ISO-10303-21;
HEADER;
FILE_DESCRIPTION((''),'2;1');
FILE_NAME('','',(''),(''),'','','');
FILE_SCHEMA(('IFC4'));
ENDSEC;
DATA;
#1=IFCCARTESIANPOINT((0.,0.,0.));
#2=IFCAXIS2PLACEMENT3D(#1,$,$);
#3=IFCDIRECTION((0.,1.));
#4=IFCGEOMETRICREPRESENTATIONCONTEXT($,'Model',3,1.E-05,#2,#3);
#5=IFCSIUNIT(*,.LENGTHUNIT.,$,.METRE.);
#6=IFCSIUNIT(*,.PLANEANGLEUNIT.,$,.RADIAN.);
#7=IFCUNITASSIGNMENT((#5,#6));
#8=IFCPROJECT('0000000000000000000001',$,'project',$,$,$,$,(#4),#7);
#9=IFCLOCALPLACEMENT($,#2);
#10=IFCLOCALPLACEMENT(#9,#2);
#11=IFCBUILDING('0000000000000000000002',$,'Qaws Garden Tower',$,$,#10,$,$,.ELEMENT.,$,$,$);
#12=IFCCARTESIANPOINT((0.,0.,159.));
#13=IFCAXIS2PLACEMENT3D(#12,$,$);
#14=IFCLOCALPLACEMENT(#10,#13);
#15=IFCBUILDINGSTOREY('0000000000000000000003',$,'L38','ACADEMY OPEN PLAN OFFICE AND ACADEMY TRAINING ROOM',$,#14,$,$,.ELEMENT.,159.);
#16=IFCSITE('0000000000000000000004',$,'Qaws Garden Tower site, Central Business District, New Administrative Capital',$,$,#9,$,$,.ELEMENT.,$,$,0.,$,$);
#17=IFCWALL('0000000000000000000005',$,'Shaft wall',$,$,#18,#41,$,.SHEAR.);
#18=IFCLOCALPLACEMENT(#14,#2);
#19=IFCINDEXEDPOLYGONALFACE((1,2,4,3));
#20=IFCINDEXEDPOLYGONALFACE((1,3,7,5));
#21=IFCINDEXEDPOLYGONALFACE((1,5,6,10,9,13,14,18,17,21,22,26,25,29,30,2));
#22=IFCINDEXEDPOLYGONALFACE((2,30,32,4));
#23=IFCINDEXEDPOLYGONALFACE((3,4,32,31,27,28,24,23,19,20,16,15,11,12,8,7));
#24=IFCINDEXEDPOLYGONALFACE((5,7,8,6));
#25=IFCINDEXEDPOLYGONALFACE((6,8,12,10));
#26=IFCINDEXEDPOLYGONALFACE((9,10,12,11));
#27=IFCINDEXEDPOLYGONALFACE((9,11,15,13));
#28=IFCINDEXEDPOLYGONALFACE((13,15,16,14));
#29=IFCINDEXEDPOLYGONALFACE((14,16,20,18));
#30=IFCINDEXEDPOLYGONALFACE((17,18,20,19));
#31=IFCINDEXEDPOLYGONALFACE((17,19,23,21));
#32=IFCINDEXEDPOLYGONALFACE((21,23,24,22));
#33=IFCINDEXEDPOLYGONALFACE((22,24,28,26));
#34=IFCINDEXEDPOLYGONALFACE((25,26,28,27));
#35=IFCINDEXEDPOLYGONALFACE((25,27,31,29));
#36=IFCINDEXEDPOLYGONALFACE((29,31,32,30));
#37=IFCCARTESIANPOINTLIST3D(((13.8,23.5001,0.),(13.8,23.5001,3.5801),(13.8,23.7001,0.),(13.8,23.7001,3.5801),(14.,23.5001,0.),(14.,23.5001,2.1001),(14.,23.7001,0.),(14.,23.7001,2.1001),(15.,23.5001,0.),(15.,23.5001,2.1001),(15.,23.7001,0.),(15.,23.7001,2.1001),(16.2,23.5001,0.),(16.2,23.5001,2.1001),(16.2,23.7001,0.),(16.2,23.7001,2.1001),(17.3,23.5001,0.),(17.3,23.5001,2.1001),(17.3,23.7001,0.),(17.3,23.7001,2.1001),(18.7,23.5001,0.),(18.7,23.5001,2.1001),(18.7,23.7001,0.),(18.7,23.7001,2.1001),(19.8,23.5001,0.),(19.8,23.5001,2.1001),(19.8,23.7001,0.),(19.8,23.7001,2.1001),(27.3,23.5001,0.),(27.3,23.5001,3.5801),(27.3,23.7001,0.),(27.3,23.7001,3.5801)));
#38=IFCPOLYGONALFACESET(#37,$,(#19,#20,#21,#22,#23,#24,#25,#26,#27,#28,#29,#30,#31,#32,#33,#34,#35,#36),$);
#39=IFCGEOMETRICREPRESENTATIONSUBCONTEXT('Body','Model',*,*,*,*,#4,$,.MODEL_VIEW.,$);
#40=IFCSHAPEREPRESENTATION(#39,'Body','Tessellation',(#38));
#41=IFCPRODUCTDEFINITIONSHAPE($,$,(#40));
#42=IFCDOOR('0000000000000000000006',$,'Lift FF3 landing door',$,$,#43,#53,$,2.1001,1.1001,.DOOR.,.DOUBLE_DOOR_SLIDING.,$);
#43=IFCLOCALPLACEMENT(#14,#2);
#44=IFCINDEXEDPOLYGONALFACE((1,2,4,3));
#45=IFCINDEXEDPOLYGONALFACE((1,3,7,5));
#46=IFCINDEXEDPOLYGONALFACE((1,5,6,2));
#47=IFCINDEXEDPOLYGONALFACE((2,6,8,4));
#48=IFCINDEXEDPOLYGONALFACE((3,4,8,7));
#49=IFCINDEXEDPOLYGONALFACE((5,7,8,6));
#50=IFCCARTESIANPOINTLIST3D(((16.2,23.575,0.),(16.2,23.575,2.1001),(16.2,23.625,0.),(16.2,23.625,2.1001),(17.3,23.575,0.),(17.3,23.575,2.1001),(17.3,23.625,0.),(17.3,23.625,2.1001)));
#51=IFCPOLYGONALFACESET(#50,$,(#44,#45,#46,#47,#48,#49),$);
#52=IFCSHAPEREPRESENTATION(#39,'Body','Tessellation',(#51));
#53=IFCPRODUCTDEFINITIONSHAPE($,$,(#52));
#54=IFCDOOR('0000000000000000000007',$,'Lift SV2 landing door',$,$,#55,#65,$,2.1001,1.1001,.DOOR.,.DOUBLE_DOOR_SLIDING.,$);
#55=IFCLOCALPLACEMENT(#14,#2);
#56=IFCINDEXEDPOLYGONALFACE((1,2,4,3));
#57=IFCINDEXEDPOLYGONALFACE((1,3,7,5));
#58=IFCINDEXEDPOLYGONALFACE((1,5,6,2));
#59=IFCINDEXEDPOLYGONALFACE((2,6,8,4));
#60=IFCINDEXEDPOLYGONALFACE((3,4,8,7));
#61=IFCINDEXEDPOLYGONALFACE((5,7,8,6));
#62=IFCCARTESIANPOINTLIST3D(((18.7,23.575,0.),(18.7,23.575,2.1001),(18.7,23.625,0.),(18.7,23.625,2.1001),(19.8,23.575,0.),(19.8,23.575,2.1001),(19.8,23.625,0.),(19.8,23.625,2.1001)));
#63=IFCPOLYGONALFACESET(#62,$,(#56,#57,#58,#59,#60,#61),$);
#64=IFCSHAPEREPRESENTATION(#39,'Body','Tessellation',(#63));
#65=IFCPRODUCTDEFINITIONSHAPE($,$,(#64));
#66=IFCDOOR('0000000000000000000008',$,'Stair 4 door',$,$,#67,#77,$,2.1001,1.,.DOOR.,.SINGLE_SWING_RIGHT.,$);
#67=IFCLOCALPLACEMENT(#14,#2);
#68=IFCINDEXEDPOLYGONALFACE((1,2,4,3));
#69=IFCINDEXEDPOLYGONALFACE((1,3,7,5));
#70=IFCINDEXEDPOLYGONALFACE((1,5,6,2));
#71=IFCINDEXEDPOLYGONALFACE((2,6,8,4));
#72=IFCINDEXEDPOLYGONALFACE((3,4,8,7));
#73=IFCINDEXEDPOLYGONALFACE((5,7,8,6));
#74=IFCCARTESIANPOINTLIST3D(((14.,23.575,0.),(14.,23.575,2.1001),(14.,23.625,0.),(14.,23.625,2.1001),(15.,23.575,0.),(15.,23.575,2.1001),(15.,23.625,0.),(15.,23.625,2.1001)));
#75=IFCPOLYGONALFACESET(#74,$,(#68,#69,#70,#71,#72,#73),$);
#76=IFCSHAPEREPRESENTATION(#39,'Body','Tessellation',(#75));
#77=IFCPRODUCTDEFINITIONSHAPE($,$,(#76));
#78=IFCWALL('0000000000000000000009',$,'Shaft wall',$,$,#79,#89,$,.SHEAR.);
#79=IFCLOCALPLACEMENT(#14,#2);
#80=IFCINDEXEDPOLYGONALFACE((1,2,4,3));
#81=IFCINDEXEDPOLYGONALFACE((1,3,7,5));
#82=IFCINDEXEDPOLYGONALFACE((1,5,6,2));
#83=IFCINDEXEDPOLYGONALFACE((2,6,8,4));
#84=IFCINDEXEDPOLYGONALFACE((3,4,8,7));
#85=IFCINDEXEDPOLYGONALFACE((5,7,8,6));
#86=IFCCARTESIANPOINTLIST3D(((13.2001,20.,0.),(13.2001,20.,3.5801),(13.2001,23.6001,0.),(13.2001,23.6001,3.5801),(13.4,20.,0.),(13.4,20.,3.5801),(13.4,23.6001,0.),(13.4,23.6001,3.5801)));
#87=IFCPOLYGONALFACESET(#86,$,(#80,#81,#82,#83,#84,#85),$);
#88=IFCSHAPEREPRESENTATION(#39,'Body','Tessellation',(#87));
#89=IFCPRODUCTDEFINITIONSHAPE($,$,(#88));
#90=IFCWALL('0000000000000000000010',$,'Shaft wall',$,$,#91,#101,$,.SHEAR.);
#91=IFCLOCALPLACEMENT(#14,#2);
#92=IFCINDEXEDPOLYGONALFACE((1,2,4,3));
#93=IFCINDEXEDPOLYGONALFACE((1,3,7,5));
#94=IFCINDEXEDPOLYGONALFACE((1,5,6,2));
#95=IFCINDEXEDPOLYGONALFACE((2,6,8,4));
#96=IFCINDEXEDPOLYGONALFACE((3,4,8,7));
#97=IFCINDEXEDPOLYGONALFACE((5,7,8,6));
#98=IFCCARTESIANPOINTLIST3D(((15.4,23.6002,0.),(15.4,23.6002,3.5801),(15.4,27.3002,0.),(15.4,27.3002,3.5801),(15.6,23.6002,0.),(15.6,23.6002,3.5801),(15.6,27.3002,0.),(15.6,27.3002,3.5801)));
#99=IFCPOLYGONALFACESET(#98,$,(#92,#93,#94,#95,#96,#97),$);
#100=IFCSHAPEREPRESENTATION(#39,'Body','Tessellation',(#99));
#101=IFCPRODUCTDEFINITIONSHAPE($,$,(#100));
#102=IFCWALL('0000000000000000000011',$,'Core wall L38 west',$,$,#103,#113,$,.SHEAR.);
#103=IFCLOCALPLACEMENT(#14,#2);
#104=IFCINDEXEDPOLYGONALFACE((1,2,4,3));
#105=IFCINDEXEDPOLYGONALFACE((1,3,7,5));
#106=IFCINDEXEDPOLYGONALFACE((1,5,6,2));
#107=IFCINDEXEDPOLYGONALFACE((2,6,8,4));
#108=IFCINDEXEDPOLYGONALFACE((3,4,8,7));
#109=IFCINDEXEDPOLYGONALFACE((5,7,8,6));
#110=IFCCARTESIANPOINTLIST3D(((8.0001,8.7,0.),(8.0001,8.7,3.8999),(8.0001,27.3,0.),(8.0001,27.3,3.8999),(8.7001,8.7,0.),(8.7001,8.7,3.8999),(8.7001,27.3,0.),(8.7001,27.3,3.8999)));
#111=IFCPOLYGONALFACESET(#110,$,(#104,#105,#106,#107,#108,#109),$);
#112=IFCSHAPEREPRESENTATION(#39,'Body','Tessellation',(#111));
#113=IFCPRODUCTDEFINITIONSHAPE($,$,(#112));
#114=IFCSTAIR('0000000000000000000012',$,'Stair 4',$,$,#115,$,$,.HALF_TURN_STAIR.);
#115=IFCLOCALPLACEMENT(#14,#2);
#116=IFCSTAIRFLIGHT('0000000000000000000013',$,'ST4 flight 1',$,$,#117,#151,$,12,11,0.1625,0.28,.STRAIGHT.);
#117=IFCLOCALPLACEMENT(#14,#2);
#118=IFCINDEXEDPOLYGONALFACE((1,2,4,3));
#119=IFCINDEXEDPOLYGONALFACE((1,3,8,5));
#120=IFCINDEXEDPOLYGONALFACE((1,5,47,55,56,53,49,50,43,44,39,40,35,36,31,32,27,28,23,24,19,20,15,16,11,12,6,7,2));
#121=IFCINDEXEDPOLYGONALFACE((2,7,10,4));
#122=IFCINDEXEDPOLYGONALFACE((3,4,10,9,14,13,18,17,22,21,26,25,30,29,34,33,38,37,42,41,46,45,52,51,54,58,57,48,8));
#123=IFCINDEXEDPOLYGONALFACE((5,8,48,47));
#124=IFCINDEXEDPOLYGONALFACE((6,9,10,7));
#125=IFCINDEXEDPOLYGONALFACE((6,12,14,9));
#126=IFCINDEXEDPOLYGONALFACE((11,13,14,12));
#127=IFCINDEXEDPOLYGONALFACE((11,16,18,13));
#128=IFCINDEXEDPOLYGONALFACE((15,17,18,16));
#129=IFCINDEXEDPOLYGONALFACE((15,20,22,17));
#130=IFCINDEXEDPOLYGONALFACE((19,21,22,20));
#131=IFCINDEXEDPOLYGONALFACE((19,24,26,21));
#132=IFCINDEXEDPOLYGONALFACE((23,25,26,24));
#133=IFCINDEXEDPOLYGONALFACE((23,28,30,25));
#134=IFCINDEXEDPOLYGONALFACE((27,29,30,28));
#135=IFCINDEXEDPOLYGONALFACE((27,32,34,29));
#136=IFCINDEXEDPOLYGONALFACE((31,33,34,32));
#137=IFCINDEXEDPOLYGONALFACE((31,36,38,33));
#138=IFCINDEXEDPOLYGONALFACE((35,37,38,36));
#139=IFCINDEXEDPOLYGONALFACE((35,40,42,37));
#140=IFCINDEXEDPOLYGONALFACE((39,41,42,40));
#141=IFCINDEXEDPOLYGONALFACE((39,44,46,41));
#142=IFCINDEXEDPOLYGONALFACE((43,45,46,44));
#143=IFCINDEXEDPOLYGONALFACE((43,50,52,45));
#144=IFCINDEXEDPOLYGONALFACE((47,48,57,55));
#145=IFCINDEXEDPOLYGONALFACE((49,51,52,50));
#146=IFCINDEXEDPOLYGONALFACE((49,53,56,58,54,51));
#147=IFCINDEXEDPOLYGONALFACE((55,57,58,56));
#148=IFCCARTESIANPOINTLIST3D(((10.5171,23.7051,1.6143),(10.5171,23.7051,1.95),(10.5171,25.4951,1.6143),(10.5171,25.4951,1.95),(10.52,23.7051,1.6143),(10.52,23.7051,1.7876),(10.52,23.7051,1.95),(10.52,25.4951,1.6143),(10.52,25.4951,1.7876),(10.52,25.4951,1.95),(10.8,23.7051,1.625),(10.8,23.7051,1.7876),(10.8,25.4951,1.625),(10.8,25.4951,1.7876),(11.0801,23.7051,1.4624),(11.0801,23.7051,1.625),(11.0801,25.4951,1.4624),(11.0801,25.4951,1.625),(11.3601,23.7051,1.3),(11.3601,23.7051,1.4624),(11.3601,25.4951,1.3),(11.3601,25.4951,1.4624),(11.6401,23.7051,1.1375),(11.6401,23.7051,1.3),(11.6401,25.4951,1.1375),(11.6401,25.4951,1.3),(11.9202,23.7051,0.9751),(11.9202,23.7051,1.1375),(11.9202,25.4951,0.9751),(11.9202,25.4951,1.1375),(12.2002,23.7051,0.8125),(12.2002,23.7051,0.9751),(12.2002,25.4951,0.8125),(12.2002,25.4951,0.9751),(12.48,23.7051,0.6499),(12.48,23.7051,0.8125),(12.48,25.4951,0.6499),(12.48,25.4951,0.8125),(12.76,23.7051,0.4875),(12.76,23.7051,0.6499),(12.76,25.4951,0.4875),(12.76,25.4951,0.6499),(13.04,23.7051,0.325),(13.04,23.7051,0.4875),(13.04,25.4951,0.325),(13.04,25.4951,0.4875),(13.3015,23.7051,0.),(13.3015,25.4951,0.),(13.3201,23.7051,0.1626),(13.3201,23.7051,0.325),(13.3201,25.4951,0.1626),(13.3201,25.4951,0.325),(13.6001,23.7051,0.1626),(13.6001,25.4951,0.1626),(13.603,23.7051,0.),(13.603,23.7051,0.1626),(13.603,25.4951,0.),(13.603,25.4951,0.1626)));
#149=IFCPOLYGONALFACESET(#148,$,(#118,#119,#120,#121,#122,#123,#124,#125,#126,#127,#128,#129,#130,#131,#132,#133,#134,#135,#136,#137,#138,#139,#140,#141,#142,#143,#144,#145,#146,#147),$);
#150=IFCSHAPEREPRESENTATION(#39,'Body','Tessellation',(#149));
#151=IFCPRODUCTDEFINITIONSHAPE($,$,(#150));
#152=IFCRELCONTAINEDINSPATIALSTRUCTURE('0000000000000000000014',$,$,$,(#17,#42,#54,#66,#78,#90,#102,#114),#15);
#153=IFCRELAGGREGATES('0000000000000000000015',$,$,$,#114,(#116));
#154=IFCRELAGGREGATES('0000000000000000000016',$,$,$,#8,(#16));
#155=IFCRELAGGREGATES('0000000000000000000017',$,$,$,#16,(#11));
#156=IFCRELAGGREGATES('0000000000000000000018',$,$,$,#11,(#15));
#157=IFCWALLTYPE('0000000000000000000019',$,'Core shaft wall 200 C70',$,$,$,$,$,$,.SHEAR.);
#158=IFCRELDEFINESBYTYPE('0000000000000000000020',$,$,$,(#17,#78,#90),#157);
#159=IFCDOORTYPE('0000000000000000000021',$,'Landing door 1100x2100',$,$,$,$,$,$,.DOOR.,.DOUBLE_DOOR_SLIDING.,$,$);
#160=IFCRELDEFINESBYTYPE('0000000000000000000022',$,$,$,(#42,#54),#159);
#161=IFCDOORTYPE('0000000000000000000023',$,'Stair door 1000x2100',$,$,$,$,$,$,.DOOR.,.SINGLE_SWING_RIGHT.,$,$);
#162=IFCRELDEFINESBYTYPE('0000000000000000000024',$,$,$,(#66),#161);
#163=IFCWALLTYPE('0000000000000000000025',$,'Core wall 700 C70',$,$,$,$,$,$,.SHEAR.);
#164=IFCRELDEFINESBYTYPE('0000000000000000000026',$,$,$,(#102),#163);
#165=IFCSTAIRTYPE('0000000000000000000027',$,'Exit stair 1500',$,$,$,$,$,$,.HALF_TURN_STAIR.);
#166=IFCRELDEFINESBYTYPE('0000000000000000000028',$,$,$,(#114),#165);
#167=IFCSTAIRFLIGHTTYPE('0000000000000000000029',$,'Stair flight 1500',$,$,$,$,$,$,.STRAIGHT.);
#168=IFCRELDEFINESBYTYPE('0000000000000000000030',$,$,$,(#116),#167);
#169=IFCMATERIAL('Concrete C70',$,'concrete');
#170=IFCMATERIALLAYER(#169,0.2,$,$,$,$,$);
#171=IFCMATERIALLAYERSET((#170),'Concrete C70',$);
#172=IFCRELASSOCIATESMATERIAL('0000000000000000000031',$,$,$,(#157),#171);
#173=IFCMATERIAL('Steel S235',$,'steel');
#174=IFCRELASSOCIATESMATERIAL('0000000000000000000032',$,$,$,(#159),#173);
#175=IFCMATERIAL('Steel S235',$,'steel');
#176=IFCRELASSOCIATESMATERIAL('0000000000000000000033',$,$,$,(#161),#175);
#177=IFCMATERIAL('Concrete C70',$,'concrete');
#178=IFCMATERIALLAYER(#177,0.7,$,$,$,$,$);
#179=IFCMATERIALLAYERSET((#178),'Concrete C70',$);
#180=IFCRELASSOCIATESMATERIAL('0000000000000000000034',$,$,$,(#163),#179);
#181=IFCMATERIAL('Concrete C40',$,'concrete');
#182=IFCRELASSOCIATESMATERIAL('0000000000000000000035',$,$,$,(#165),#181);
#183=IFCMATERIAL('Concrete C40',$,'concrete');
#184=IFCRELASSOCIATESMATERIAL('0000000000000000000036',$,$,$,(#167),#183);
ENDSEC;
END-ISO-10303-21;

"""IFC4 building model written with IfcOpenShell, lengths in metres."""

from ifc_helpers import new_model, si_unit, direction, frame, frame_2d, origin, place, context, subcontext, project, spatial, polyline, rectangle, outline, extrude, material, layer, layer_set, type_object, element, fill, aggregate, save


model = new_model("IFC4")

# Units and contexts
model_context = context("Model", 3, precision=1e-05, world=origin(), true_north=direction((0.0, 1.0)))
body_context = subcontext(model_context, "Body", "Model", "MODEL_VIEW")
ifc_project = project(units=[si_unit("LENGTHUNIT", "METRE"), si_unit("PLANEANGLEUNIT", "RADIAN")], contexts=[model_context])

# Site, building, storey
site_placement = place(None, origin())
site = spatial("IfcSite", under=ifc_project, at=site_placement, Name="Qaws Garden Tower site, Central Business District, New Administrative Capital", CompositionType="ELEMENT", RefElevation=0.0)
building_placement = place(site_placement, origin())
building = spatial("IfcBuilding", under=site, at=building_placement, Name="Qaws Garden Tower", CompositionType="ELEMENT")
storey_placement = place(building_placement, frame((0.0, 0.0, 159.0)))
storey = spatial("IfcBuildingStorey", under=building, at=storey_placement, Name="L38", Description="ACADEMY OPEN PLAN OFFICE AND ACADEMY TRAINING ROOM", CompositionType="ELEMENT", Elevation=159.0)

# Shared definitions
ifc_material_1 = material(Name="Concrete C70", Category="concrete")
ifc_layer_1 = layer(ifc_material_1, 0.2)
ifc_layer_set_1 = layer_set([ifc_layer_1], Name="Concrete C70")
wall_type_1 = type_object("IfcWallType", Name="Core shaft wall 200 C70", PredefinedType="SHEAR", material=ifc_layer_set_1)

# Wall, openings, doors
wall_1_placement = place(storey_placement, frame((13.8, 23.6001, 0.0), z_axis=(0.0, 0.0, 1.0), x_axis=(1.0, 0.0, 0.0)))
wall_1 = element("IfcWall", 1, at=wall_1_placement, inside=storey, type_object=wall_type_1, Name="Shaft wall", PredefinedType="SHEAR", context=body_context, shape_type="SweptSolid", body=[
    extrude(rectangle(XDim=13.5, YDim=0.2, at=frame_2d((6.75, 0.0))), origin(), (0.0, 0.0, 1.0), 3.5801),
])
opening_1_placement = place(wall_1_placement, frame((2.3999, 0.0, 0.0)))
opening_1 = element("IfcOpeningElement", 2, at=opening_1_placement, cuts=wall_1, PredefinedType="OPENING", context=body_context, shape_type="SweptSolid", body=[
    extrude(rectangle(XDim=1.1001, YDim=2.1001, at=frame_2d((0.55, 1.05))), frame((0.0, 0.1099, 0.0), z_axis=(0.0, -1.0, 0.0), x_axis=(1.0, 0.0, 0.0)), (0.0, 0.0, 1.0), 0.22),
])
opening_2_placement = place(wall_1_placement, frame((4.8999, 0.0, 0.0)))
opening_2 = element("IfcOpeningElement", 3, at=opening_2_placement, cuts=wall_1, PredefinedType="OPENING", context=body_context, shape_type="SweptSolid", body=[
    extrude(rectangle(XDim=1.1001, YDim=2.1001, at=frame_2d((0.55, 1.05))), frame((0.0, 0.1099, 0.0), z_axis=(0.0, -1.0, 0.0), x_axis=(1.0, 0.0, 0.0)), (0.0, 0.0, 1.0), 0.22),
])
opening_3_placement = place(wall_1_placement, frame((0.2, 0.0, 0.0)))
opening_3 = element("IfcOpeningElement", 4, at=opening_3_placement, cuts=wall_1, PredefinedType="OPENING", context=body_context, shape_type="SweptSolid", body=[
    extrude(rectangle(XDim=1.0, YDim=2.1001, at=frame_2d((0.5, 1.05))), frame((0.0, 0.1099, 0.0), z_axis=(0.0, -1.0, 0.0), x_axis=(1.0, 0.0, 0.0)), (0.0, 0.0, 1.0), 0.22),
])
ifc_material_2 = material(Name="Steel S235", Category="steel")
door_type_1 = type_object("IfcDoorType", Name="Landing door 1100x2100", OperationType="DOUBLE_DOOR_SLIDING", PredefinedType="DOOR", material=ifc_material_2)
door_1_placement = place(opening_1_placement, origin())
door_1 = element("IfcDoor", 5, at=door_1_placement, inside=storey, type_object=door_type_1, Name="Lift FF3 landing door", OperationType="DOUBLE_DOOR_SLIDING", OverallHeight=2.1001, OverallWidth=1.1001, PredefinedType="DOOR", context=body_context, shape_type="SweptSolid", body=[
    extrude(rectangle(XDim=1.1001, YDim=2.1001, at=frame_2d((0.55, 1.05))), frame((0.0, 0.0249, 0.0), z_axis=(0.0, -1.0, 0.0), x_axis=(1.0, 0.0, 0.0)), (0.0, 0.0, 1.0), 0.05),
])
fill(opening_1, door_1)
door_2_placement = place(opening_2_placement, origin())
door_2 = element("IfcDoor", 6, at=door_2_placement, inside=storey, type_object=door_type_1, Name="Lift SV2 landing door", OperationType="DOUBLE_DOOR_SLIDING", OverallHeight=2.1001, OverallWidth=1.1001, PredefinedType="DOOR", context=body_context, shape_type="SweptSolid", body=[
    extrude(rectangle(XDim=1.1001, YDim=2.1001, at=frame_2d((0.55, 1.05))), frame((0.0, 0.0249, 0.0), z_axis=(0.0, -1.0, 0.0), x_axis=(1.0, 0.0, 0.0)), (0.0, 0.0, 1.0), 0.05),
])
fill(opening_2, door_2)
ifc_material_3 = material(Name="Steel S235", Category="steel")
door_type_2 = type_object("IfcDoorType", Name="Stair door 1000x2100", OperationType="SINGLE_SWING_RIGHT", PredefinedType="DOOR", material=ifc_material_3)
door_3_placement = place(opening_3_placement, origin())
door_3 = element("IfcDoor", 7, at=door_3_placement, inside=storey, type_object=door_type_2, Name="Stair 4 door", OperationType="SINGLE_SWING_RIGHT", OverallHeight=2.1001, OverallWidth=1.0, PredefinedType="DOOR", context=body_context, shape_type="SweptSolid", body=[
    extrude(rectangle(XDim=1.0, YDim=2.1001, at=frame_2d((0.5, 1.05))), frame((0.0, 0.0249, 0.0), z_axis=(0.0, -1.0, 0.0), x_axis=(1.0, 0.0, 0.0)), (0.0, 0.0, 1.0), 0.05),
])
fill(opening_3, door_3)

# Walls
wall_2_placement = place(storey_placement, frame((13.3, 20.0, 0.0), z_axis=(0.0, 0.0, 1.0), x_axis=(0.0, 1.0, 0.0)))
element("IfcWall", 8, at=wall_2_placement, inside=storey, type_object=wall_type_1, Name="Shaft wall", PredefinedType="SHEAR", context=body_context, shape_type="SweptSolid", body=[
    extrude(rectangle(XDim=3.6001, YDim=0.2, at=frame_2d((1.8, 0.0))), origin(), (0.0, 0.0, 1.0), 3.5801),
])
wall_3_placement = place(storey_placement, frame((15.5, 23.6001, 0.0), z_axis=(0.0, 0.0, 1.0), x_axis=(0.0, 1.0, 0.0)))
element("IfcWall", 9, at=wall_3_placement, inside=storey, type_object=wall_type_1, Name="Shaft wall", PredefinedType="SHEAR", context=body_context, shape_type="SweptSolid", body=[
    extrude(rectangle(XDim=3.7, YDim=0.2, at=frame_2d((1.8501, 0.0))), origin(), (0.0, 0.0, 1.0), 3.5801),
])
ifc_material_4 = material(Name="Concrete C70", Category="concrete")
ifc_layer_2 = layer(ifc_material_4, 0.7)
ifc_layer_set_2 = layer_set([ifc_layer_2], Name="Concrete C70")
wall_type_2 = type_object("IfcWallType", Name="Core wall 700 C70", PredefinedType="SHEAR", material=ifc_layer_set_2)
wall_4_placement = place(storey_placement, frame((8.3501, 27.3, 0.0), z_axis=(0.0, 0.0, 1.0), x_axis=(0.0, -1.0, 0.0)))
element("IfcWall", 10, at=wall_4_placement, inside=storey, type_object=wall_type_2, Name="Core wall L38 west", PredefinedType="SHEAR", context=body_context, shape_type="SweptSolid", body=[
    extrude(rectangle(XDim=18.6001, YDim=0.7, at=frame_2d((9.3, 0.0))), origin(), (0.0, 0.0, 1.0), 3.8999),
])

# Stair, stair flight
ifc_material_5 = material(Name="Concrete C40", Category="concrete")
stair_type = type_object("IfcStairType", Name="Exit stair 1500", PredefinedType="HALF_TURN_STAIR", material=ifc_material_5)
stair_placement = place(storey_placement, origin())
stair = element("IfcStair", 11, at=stair_placement, inside=storey, type_object=stair_type, Name="Stair 4", PredefinedType="HALF_TURN_STAIR")
ifc_material_6 = material(Name="Concrete C40", Category="concrete")
stair_flight_type = type_object("IfcStairFlightType", Name="Stair flight 1500", PredefinedType="STRAIGHT", material=ifc_material_6)
stair_flight_1_placement = place(storey_placement, frame((13.6001, 24.6001, 0.0), z_axis=(0.0, 0.0, 1.0), x_axis=(-1.0, 0.0, 0.0)))
stair_flight_1 = element("IfcStairFlight", 12, at=stair_flight_1_placement, type_object=stair_flight_type, Name="ST4 flight 1", NumberOfRisers=12, NumberOfTreads=11, PredefinedType="STRAIGHT", RiserHeight=0.1625, TreadLength=0.28, context=body_context, shape_type="SweptSolid", body=[
    extrude(outline(polyline([(-0.0029, 0.0), (-0.0029, 0.1626), (0.0, 0.1626), (0.28, 0.1626), (0.28, 0.325), (0.5601, 0.325), (0.5601, 0.4875), (0.8401, 0.4875), (0.8401, 0.6499), (1.1201, 0.6499), (1.1201, 0.8125), (1.3999, 0.8125), (1.3999, 0.9751), (1.6799, 0.9751), (1.6799, 1.1375), (1.96, 1.1375), (1.96, 1.3), (2.24, 1.3), (2.24, 1.4624), (2.52, 1.4624), (2.52, 1.625), (2.8, 1.625), (2.8, 1.7876), (3.0801, 1.7876), (3.0801, 1.95), (3.083, 1.95), (3.083, 1.6143), (3.0801, 1.6143), (0.2986, 0.0), (-0.0029, 0.0)])), frame((0.0, 0.895, 0.0), z_axis=(0.0, -1.0, 0.0), x_axis=(1.0, 0.0, 0.0)), (0.0, 0.0, 1.0), 1.79),
])
aggregate(stair, [stair_flight_1])

save(model, "model.ifc")
